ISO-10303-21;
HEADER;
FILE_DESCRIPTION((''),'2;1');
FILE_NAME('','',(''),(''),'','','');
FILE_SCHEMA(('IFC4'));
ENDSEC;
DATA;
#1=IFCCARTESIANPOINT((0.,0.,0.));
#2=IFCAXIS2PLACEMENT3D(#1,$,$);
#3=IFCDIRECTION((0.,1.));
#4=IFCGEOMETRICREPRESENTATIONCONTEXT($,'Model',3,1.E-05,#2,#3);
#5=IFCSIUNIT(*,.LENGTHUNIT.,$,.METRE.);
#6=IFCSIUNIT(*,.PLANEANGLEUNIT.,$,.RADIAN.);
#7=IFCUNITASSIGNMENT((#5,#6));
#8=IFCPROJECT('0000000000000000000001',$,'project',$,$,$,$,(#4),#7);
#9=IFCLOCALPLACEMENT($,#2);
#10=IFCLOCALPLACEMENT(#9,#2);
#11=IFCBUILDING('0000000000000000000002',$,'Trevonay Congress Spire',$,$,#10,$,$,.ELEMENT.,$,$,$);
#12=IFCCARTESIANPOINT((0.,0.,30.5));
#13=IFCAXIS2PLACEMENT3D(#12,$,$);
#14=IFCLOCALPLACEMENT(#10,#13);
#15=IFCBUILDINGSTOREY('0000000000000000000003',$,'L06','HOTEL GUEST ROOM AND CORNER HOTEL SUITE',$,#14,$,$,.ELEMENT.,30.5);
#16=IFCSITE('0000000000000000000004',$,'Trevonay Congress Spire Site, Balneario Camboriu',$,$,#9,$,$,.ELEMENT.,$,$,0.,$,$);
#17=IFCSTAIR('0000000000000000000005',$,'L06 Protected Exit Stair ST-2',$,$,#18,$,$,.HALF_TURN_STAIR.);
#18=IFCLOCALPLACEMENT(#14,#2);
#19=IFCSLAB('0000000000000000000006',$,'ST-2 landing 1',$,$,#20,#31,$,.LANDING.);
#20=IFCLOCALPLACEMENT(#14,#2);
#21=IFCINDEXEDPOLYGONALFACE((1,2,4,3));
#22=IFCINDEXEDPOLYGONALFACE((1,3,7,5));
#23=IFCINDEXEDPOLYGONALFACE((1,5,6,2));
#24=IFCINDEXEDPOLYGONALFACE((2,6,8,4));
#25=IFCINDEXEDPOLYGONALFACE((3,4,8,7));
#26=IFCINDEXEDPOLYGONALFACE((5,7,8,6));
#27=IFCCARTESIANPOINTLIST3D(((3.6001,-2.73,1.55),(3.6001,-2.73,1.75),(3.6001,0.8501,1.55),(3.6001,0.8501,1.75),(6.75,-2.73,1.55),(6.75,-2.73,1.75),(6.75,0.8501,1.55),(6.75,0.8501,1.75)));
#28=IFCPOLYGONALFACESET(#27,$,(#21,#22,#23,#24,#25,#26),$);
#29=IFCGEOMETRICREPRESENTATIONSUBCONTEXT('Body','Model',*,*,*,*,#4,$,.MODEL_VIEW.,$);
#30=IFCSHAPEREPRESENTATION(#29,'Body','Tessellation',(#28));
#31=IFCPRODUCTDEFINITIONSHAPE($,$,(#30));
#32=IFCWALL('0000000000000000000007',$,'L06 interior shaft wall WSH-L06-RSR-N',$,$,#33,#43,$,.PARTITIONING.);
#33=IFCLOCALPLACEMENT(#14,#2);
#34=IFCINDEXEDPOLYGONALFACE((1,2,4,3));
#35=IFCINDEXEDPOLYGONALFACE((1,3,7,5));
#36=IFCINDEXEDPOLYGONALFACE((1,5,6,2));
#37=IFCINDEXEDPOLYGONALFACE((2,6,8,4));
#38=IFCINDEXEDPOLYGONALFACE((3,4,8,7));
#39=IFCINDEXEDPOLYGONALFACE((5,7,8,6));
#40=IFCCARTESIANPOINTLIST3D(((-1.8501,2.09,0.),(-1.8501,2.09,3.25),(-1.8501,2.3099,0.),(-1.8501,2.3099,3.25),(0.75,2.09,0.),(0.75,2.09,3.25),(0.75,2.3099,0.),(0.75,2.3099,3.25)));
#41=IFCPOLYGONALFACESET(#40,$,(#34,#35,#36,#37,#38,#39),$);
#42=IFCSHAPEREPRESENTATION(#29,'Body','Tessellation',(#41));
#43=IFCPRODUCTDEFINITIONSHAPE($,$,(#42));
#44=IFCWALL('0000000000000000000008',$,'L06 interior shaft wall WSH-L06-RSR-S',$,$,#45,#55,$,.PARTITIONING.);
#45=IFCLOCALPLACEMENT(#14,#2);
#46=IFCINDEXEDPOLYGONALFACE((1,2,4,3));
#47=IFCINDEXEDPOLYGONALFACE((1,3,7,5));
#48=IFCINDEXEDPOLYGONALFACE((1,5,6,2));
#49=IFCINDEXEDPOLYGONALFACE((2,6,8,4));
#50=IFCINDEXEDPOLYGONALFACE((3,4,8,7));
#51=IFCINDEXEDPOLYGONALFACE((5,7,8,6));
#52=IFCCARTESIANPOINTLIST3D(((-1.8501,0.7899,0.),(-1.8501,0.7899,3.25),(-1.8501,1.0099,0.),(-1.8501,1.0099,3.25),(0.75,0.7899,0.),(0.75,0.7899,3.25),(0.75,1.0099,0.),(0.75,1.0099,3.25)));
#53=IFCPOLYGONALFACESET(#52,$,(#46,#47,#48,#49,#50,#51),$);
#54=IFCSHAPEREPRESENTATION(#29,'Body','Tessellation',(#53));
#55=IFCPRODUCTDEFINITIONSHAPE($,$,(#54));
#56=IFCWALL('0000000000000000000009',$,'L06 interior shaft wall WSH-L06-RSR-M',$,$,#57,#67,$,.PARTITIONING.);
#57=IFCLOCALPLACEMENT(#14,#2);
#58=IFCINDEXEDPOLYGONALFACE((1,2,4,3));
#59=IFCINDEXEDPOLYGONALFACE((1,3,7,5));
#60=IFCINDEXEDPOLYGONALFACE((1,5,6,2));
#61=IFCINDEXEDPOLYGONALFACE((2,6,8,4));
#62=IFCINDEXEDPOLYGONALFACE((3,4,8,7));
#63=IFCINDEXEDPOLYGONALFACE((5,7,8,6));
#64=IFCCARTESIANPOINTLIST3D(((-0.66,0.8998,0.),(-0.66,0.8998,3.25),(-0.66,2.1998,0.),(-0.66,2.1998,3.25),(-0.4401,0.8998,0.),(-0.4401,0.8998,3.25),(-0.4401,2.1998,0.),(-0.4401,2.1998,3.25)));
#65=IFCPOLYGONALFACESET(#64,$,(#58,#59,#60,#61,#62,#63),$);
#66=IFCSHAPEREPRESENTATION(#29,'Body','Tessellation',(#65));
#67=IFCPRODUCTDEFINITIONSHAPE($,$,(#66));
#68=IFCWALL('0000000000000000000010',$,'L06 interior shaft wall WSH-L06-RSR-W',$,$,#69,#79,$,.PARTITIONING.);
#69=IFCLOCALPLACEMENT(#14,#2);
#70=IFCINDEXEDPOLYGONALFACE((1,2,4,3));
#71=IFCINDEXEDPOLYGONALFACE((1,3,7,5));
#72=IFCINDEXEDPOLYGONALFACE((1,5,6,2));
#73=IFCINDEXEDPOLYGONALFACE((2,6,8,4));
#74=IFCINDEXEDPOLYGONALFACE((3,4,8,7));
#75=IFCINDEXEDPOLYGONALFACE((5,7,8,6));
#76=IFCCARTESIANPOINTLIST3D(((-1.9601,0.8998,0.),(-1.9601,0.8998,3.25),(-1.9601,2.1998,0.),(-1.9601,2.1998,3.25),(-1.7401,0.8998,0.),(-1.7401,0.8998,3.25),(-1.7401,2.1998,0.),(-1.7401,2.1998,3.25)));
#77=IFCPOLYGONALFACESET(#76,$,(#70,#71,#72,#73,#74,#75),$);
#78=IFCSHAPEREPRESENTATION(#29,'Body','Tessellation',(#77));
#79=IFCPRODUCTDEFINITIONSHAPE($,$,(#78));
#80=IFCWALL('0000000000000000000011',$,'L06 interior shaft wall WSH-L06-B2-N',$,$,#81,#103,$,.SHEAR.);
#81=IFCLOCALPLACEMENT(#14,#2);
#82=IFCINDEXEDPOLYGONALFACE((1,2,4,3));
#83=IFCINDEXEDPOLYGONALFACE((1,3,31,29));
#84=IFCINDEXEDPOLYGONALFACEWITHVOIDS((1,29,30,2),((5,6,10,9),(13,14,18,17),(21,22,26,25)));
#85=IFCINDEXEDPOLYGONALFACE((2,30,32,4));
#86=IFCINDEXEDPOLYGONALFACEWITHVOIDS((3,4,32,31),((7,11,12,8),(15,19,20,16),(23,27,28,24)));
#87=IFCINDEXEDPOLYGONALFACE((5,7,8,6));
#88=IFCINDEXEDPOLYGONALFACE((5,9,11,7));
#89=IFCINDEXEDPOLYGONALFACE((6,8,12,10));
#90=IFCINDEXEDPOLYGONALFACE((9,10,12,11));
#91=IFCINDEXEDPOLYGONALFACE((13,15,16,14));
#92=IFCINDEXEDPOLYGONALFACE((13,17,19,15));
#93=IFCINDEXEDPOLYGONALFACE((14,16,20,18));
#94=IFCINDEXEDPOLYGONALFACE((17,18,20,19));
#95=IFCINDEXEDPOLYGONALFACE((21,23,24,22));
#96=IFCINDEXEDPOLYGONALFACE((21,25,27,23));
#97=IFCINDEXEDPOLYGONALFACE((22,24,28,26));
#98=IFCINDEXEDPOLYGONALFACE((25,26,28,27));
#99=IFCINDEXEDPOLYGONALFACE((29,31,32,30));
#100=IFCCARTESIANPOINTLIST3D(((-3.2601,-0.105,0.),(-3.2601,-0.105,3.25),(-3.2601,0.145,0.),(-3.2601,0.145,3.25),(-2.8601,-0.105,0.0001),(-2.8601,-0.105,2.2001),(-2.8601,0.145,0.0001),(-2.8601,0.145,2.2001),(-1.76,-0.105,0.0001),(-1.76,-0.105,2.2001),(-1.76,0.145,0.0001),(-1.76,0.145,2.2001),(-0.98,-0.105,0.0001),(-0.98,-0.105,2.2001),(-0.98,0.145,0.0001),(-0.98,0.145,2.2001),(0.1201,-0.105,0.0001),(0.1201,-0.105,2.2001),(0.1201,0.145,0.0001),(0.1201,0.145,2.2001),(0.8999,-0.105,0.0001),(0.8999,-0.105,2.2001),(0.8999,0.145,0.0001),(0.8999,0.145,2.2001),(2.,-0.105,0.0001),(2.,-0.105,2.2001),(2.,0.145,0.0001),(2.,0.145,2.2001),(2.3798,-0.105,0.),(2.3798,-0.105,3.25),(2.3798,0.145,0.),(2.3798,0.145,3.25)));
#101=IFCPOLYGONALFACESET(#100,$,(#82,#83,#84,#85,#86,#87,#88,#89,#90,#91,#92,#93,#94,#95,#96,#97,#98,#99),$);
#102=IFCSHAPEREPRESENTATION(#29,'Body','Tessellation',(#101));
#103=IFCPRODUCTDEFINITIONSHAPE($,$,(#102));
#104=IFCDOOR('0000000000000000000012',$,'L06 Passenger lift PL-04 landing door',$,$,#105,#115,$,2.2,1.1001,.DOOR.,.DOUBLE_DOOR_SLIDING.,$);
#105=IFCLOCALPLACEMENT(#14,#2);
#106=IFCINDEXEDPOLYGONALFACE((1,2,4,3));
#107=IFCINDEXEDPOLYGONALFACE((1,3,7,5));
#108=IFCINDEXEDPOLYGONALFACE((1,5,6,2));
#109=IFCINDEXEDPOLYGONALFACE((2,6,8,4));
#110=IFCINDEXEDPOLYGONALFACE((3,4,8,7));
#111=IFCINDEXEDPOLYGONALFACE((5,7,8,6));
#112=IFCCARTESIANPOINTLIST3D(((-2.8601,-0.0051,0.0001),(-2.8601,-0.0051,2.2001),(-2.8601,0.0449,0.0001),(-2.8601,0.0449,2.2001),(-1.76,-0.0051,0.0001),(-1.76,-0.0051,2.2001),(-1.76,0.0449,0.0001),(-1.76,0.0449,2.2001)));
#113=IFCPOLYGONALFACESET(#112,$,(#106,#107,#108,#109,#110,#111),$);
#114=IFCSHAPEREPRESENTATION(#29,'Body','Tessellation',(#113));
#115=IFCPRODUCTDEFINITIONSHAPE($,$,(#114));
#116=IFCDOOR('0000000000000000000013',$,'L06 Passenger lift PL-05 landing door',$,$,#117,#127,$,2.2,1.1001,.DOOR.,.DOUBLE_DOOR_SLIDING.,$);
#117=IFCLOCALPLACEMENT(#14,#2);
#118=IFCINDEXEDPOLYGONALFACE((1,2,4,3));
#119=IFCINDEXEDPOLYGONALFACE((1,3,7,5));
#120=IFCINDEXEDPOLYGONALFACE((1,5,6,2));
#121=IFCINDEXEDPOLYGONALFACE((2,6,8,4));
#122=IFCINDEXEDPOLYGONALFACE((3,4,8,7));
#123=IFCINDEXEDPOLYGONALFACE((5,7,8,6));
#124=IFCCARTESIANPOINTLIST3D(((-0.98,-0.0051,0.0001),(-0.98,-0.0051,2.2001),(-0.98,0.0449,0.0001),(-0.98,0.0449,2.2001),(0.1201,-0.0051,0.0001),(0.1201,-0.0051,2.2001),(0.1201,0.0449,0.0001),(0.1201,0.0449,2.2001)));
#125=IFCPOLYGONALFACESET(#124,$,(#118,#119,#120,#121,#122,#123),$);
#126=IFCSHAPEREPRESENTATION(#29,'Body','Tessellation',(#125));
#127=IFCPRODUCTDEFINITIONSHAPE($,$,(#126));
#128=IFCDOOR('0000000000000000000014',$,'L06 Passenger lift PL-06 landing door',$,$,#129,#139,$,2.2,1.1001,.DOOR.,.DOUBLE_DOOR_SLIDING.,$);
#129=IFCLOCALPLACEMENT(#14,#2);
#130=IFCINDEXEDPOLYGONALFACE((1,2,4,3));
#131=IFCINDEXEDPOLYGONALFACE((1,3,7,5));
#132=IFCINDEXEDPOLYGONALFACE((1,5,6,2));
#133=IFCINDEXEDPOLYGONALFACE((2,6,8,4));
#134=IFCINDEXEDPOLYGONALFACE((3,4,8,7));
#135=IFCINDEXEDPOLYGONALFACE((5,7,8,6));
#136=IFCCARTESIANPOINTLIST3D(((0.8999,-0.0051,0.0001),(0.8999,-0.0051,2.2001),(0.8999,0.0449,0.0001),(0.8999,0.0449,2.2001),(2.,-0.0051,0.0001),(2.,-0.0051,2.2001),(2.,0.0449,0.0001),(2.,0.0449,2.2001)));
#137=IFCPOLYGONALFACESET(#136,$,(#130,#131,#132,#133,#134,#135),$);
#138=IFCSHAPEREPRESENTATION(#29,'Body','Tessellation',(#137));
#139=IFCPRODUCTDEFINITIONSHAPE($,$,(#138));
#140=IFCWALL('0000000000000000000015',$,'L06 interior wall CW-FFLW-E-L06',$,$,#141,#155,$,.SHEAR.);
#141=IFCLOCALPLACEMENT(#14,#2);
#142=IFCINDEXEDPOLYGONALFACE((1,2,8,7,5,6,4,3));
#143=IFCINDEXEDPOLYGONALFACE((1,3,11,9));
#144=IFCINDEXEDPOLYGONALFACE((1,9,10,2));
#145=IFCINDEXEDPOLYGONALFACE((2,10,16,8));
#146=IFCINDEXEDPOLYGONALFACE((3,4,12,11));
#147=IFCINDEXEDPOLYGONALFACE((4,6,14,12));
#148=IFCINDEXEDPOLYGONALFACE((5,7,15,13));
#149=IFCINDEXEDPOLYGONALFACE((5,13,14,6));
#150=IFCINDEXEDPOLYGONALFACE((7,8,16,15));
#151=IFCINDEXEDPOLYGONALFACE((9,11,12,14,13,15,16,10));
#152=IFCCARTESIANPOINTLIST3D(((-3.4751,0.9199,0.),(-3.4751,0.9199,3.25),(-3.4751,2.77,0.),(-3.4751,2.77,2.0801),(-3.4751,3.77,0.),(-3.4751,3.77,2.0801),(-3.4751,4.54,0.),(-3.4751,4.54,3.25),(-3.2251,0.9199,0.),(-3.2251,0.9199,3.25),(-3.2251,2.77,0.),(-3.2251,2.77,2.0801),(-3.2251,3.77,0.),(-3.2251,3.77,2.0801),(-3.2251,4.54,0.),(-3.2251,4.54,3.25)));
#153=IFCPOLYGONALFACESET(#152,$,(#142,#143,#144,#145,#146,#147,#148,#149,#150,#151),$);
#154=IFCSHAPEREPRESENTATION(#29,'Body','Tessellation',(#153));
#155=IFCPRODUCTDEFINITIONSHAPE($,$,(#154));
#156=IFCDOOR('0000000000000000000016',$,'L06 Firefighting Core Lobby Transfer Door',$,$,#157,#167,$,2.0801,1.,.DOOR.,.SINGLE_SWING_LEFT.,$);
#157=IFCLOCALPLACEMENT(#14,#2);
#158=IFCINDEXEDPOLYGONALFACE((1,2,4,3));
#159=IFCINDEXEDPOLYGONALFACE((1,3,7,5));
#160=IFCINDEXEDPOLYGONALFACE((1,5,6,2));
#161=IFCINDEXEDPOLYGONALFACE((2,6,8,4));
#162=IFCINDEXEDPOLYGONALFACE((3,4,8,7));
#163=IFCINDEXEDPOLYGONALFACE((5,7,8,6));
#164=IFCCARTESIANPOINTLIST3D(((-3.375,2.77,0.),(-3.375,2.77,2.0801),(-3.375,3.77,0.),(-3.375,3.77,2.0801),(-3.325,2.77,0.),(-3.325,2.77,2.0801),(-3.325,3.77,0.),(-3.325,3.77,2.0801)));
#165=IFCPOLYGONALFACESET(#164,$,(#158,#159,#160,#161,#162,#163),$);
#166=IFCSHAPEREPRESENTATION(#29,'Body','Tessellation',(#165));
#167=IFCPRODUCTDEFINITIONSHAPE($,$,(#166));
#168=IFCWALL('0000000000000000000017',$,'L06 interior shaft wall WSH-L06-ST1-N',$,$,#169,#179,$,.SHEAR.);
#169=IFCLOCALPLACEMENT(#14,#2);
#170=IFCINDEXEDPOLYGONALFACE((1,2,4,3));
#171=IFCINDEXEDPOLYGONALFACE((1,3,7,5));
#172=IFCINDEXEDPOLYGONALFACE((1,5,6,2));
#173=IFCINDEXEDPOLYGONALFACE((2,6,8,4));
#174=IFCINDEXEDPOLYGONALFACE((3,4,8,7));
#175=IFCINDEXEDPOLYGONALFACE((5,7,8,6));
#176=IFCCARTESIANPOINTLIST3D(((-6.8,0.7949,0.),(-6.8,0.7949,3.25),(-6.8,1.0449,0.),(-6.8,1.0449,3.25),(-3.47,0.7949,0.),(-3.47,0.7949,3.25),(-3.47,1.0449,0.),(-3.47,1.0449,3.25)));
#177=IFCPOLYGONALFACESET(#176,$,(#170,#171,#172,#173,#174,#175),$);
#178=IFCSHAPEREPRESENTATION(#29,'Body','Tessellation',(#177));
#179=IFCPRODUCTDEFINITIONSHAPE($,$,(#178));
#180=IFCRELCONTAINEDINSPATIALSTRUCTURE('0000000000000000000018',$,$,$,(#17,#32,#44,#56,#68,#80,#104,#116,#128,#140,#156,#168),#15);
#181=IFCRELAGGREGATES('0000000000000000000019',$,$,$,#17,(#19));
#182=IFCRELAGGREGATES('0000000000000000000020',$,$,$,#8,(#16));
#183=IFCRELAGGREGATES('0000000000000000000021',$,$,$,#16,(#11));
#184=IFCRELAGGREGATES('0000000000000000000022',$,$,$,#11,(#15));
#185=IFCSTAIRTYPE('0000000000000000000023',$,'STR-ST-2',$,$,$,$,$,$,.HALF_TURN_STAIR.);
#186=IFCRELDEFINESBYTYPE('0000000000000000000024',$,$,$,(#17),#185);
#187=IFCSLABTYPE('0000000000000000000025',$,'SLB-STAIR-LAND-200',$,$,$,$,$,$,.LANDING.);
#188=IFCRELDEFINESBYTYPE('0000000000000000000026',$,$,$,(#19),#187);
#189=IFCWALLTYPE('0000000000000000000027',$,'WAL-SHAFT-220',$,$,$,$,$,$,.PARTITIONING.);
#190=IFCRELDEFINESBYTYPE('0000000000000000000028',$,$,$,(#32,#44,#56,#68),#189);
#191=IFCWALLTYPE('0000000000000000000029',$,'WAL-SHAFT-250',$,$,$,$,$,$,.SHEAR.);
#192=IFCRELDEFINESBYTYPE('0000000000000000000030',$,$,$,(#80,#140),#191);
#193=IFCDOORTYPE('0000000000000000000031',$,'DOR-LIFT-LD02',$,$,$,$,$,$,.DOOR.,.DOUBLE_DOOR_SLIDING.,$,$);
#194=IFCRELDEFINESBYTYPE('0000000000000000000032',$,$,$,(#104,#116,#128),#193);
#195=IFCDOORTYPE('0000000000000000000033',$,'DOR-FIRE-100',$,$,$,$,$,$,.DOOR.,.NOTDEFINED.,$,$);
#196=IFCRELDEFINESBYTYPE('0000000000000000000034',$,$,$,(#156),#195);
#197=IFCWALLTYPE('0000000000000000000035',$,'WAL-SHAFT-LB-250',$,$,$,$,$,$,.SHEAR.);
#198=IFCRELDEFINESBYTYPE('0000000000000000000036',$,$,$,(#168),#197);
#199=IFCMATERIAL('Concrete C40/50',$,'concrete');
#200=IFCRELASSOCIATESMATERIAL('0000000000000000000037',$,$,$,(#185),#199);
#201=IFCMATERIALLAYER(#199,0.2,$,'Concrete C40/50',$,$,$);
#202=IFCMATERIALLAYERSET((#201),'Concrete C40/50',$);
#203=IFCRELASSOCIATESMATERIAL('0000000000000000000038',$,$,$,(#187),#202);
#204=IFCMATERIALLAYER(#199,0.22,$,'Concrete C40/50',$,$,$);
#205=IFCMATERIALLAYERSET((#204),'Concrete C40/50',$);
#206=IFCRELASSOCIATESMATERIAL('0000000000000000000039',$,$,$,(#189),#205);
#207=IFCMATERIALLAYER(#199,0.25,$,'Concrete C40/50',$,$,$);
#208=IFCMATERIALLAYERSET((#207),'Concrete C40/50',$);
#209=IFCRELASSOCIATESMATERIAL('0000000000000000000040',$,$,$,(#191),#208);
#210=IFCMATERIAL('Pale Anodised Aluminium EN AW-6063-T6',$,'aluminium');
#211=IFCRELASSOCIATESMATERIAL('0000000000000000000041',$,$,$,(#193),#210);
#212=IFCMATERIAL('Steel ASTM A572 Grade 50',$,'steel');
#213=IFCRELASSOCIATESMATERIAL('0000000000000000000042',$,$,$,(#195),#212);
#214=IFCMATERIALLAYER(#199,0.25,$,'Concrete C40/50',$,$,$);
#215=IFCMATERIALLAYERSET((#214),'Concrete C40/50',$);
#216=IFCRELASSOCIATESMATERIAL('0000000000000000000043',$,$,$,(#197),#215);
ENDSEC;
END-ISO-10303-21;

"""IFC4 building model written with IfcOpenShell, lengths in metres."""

from ifc_helpers import new_model, si_unit, direction, frame, frame_2d, origin, place, context, subcontext, project, spatial, polyline, rectangle, outline, extrude, material, layer, layer_set, type_object, element, fill, aggregate, save


model = new_model("IFC4")

# Units and contexts
model_context = context("Model", 3, precision=1e-05, world=origin(), true_north=direction((0.0, 1.0)))
body_context = subcontext(model_context, "Body", "Model", "MODEL_VIEW")
ifc_project = project(units=[si_unit("LENGTHUNIT", "METRE"), si_unit("PLANEANGLEUNIT", "RADIAN")], contexts=[model_context])

# Site, building, storey
site_placement = place(None, origin())
site = spatial("IfcSite", under=ifc_project, at=site_placement, Name="Trevonay Congress Spire Site, Balneario Camboriu", CompositionType="ELEMENT", RefElevation=0.0)
building_placement = place(site_placement, origin())
building = spatial("IfcBuilding", under=site, at=building_placement, Name="Trevonay Congress Spire", CompositionType="ELEMENT")
storey_placement = place(building_placement, frame((0.0, 0.0, 30.5)))
storey = spatial("IfcBuildingStorey", under=building, at=storey_placement, Name="L06", Description="HOTEL GUEST ROOM AND CORNER HOTEL SUITE", CompositionType="ELEMENT", Elevation=30.5)

# Stair, slab
ifc_material_1 = material(Name="Concrete C40/50", Category="concrete")
stair_type = type_object("IfcStairType", Name="STR-ST-2", PredefinedType="HALF_TURN_STAIR", material=ifc_material_1)
stair_placement = place(storey_placement, origin())
stair = element("IfcStair", 1, at=stair_placement, inside=storey, type_object=stair_type, Name="L06 Protected Exit Stair ST-2", PredefinedType="HALF_TURN_STAIR")
ifc_layer_1 = layer(ifc_material_1, 0.2, Name="Concrete C40/50")
ifc_layer_set_1 = layer_set([ifc_layer_1], Name="Concrete C40/50")
slab_type = type_object("IfcSlabType", Name="SLB-STAIR-LAND-200", PredefinedType="LANDING", material=ifc_layer_set_1)
slab_placement = place(storey_placement, frame((0.0, 0.0, 1.55)))
slab = element("IfcSlab", 2, at=slab_placement, type_object=slab_type, Name="ST-2 landing 1", PredefinedType="LANDING", context=body_context, shape_type="SweptSolid", body=[
    extrude(outline(polyline([(6.75, -2.73), (6.75, 0.8501), (3.6001, 0.8501), (3.6001, -2.73), (6.75, -2.73)])), origin(), (0.0, 0.0, 1.0), 0.2),
])
aggregate(stair, [slab])

# Walls
ifc_layer_2 = layer(ifc_material_1, 0.22, Name="Concrete C40/50")
ifc_layer_set_2 = layer_set([ifc_layer_2], Name="Concrete C40/50")
wall_type_1 = type_object("IfcWallType", Name="WAL-SHAFT-220", PredefinedType="PARTITIONING", material=ifc_layer_set_2)
for number, where, z_axis, x_axis, name in (
    (3, (-1.8501, 2.2, 0.0), (0.0, 0.0, 1.0), (1.0, 0.0, 0.0), "L06 interior shaft wall WSH-L06-RSR-N"),
    (4, (-1.8501, 0.8999, 0.0), (0.0, 0.0, 1.0), (1.0, 0.0, 0.0), "L06 interior shaft wall WSH-L06-RSR-S"),
):
    element("IfcWall", number, at=place(storey_placement, frame(where, z_axis=z_axis, x_axis=x_axis)), inside=storey, type_object=wall_type_1, Name=name, PredefinedType="PARTITIONING", context=body_context, shape_type="SweptSolid", body=[
        extrude(rectangle(XDim=2.6001, YDim=0.22, at=frame_2d((1.3, 0.0))), origin(), (0.0, 0.0, 1.0), 3.25),
    ])
for number, where, z_axis, x_axis, name in (
    (5, (-0.55, 0.8999, 0.0), (0.0, 0.0, 1.0), (0.0, 1.0, 0.0), "L06 interior shaft wall WSH-L06-RSR-M"),
    (6, (-1.8501, 0.8999, 0.0), (0.0, 0.0, 1.0), (0.0, 1.0, 0.0), "L06 interior shaft wall WSH-L06-RSR-W"),
):
    element("IfcWall", number, at=place(storey_placement, frame(where, z_axis=z_axis, x_axis=x_axis)), inside=storey, type_object=wall_type_1, Name=name, PredefinedType="PARTITIONING", context=body_context, shape_type="SweptSolid", body=[
        extrude(rectangle(XDim=1.3, YDim=0.22, at=frame_2d((0.6499, 0.0))), origin(), (0.0, 0.0, 1.0), 3.25),
    ])

# Wall, openings, doors
ifc_layer_3 = layer(ifc_material_1, 0.25, Name="Concrete C40/50")
ifc_layer_set_3 = layer_set([ifc_layer_3], Name="Concrete C40/50")
wall_type_2 = type_object("IfcWallType", Name="WAL-SHAFT-250", PredefinedType="SHEAR", material=ifc_layer_set_3)
wall_1_placement = place(storey_placement, frame((-3.26, 0.02, 0.0), z_axis=(0.0, 0.0, 1.0), x_axis=(1.0, 0.0, 0.0)))
wall_1 = element("IfcWall", 7, at=wall_1_placement, inside=storey, type_object=wall_type_2, Name="L06 interior shaft wall WSH-L06-B2-N", PredefinedType="SHEAR", context=body_context, shape_type="SweptSolid", body=[
    extrude(rectangle(XDim=5.6399, YDim=0.25, at=frame_2d((2.8198, 0.0))), origin(), (0.0, 0.0, 1.0), 3.25),
])
opening_1_placement = place(wall_1_placement, frame((0.3999, 0.0, 0.0)))
opening_1 = element("IfcOpeningElement", 8, at=opening_1_placement, cuts=wall_1, PredefinedType="OPENING", context=body_context, shape_type="SweptSolid", body=[
    extrude(rectangle(XDim=1.1001, YDim=2.2, at=frame_2d((0.55, 1.1001))), frame((0.0, 0.135, 0.0), z_axis=(0.0, -1.0, 0.0), x_axis=(1.0, 0.0, 0.0)), (0.0, 0.0, 1.0), 0.27),
])
opening_2_placement = place(wall_1_placement, frame((2.28, 0.0, 0.0)))
opening_2 = element("IfcOpeningElement", 9, at=opening_2_placement, cuts=wall_1, PredefinedType="OPENING", context=body_context, shape_type="SweptSolid", body=[
    extrude(rectangle(XDim=1.1001, YDim=2.2, at=frame_2d((0.55, 1.1001))), frame((0.0, 0.135, 0.0), z_axis=(0.0, -1.0, 0.0), x_axis=(1.0, 0.0, 0.0)), (0.0, 0.0, 1.0), 0.27),
])
opening_3_placement = place(wall_1_placement, frame((4.1599, 0.0, 0.0)))
opening_3 = element("IfcOpeningElement", 10, at=opening_3_placement, cuts=wall_1, PredefinedType="OPENING", context=body_context, shape_type="SweptSolid", body=[
    extrude(rectangle(XDim=1.1001, YDim=2.2, at=frame_2d((0.55, 1.1001))), frame((0.0, 0.135, 0.0), z_axis=(0.0, -1.0, 0.0), x_axis=(1.0, 0.0, 0.0)), (0.0, 0.0, 1.0), 0.27),
])
ifc_material_2 = material(Name="Pale Anodised Aluminium EN AW-6063-T6", Category="aluminium")
door_type_1 = type_object("IfcDoorType", Name="DOR-LIFT-LD02", OperationType="DOUBLE_DOOR_SLIDING", PredefinedType="DOOR", material=ifc_material_2)
door_1_placement = place(opening_1_placement, origin())
door_1 = element("IfcDoor", 11, at=door_1_placement, inside=storey, type_object=door_type_1, Name="L06 Passenger lift PL-04 landing door", OperationType="DOUBLE_DOOR_SLIDING", OverallHeight=2.2, OverallWidth=1.1001, PredefinedType="DOOR", context=body_context, shape_type="SweptSolid", body=[
    extrude(rectangle(XDim=1.1001, YDim=2.2, at=frame_2d((0.55, 1.1001))), frame((0.0, 0.0249, 0.0), z_axis=(0.0, -1.0, 0.0), x_axis=(1.0, 0.0, 0.0)), (0.0, 0.0, 1.0), 0.05),
])
fill(opening_1, door_1)
door_2_placement = place(opening_2_placement, origin())
door_2 = element("IfcDoor", 12, at=door_2_placement, inside=storey, type_object=door_type_1, Name="L06 Passenger lift PL-05 landing door", OperationType="DOUBLE_DOOR_SLIDING", OverallHeight=2.2, OverallWidth=1.1001, PredefinedType="DOOR", context=body_context, shape_type="SweptSolid", body=[
    extrude(rectangle(XDim=1.1001, YDim=2.2, at=frame_2d((0.55, 1.1001))), frame((0.0, 0.0249, 0.0), z_axis=(0.0, -1.0, 0.0), x_axis=(1.0, 0.0, 0.0)), (0.0, 0.0, 1.0), 0.05),
])
fill(opening_2, door_2)
door_3_placement = place(opening_3_placement, origin())
door_3 = element("IfcDoor", 13, at=door_3_placement, inside=storey, type_object=door_type_1, Name="L06 Passenger lift PL-06 landing door", OperationType="DOUBLE_DOOR_SLIDING", OverallHeight=2.2, OverallWidth=1.1001, PredefinedType="DOOR", context=body_context, shape_type="SweptSolid", body=[
    extrude(rectangle(XDim=1.1001, YDim=2.2, at=frame_2d((0.55, 1.1001))), frame((0.0, 0.0249, 0.0), z_axis=(0.0, -1.0, 0.0), x_axis=(1.0, 0.0, 0.0)), (0.0, 0.0, 1.0), 0.05),
])
fill(opening_3, door_3)

# Wall, opening, door
wall_2_placement = place(storey_placement, frame((-3.3501, 0.9199, 0.0), z_axis=(0.0, 0.0, 1.0), x_axis=(0.0, 1.0, 0.0)))
wall_2 = element("IfcWall", 14, at=wall_2_placement, inside=storey, type_object=wall_type_2, Name="L06 interior wall CW-FFLW-E-L06", PredefinedType="SHEAR", context=body_context, shape_type="SweptSolid", body=[
    extrude(rectangle(XDim=3.6201, YDim=0.25, at=frame_2d((1.8101, 0.0))), origin(), (0.0, 0.0, 1.0), 3.25),
])
opening_4_placement = place(wall_2_placement, frame((1.8501, 0.0, 0.0)))
opening_4 = element("IfcOpeningElement", 15, at=opening_4_placement, cuts=wall_2, PredefinedType="OPENING", context=body_context, shape_type="SweptSolid", body=[
    extrude(rectangle(XDim=1.0, YDim=2.0801, at=frame_2d((0.5, 1.04))), frame((0.0, 0.135, 0.0), z_axis=(0.0, -1.0, 0.0), x_axis=(1.0, 0.0, 0.0)), (0.0, 0.0, 1.0), 0.27),
])
ifc_material_3 = material(Name="Steel ASTM A572 Grade 50", Category="steel")
door_type_2 = type_object("IfcDoorType", Name="DOR-FIRE-100", OperationType="NOTDEFINED", PredefinedType="DOOR", material=ifc_material_3)
door_4_placement = place(opening_4_placement, origin())
door_4 = element("IfcDoor", 16, at=door_4_placement, inside=storey, type_object=door_type_2, Name="L06 Firefighting Core Lobby Transfer Door", OperationType="SINGLE_SWING_LEFT", OverallHeight=2.0801, OverallWidth=1.0, PredefinedType="DOOR", context=body_context, shape_type="SweptSolid", body=[
    extrude(rectangle(XDim=1.0, YDim=2.0801, at=frame_2d((0.5, 1.04))), frame((0.0, 0.0249, 0.0), z_axis=(0.0, -1.0, 0.0), x_axis=(1.0, 0.0, 0.0)), (0.0, 0.0, 1.0), 0.05),
])
fill(opening_4, door_4)

# Wall
ifc_layer_4 = layer(ifc_material_1, 0.25, Name="Concrete C40/50")
ifc_layer_set_4 = layer_set([ifc_layer_4], Name="Concrete C40/50")
wall_type_3 = type_object("IfcWallType", Name="WAL-SHAFT-LB-250", PredefinedType="SHEAR", material=ifc_layer_set_4)
wall_3_placement = place(storey_placement, frame((-6.8, 0.9199, 0.0), z_axis=(0.0, 0.0, 1.0), x_axis=(1.0, 0.0, 0.0)))
element("IfcWall", 17, at=wall_3_placement, inside=storey, type_object=wall_type_3, Name="L06 interior shaft wall WSH-L06-ST1-N", PredefinedType="SHEAR", context=body_context, shape_type="SweptSolid", body=[
    extrude(rectangle(XDim=3.3301, YDim=0.25, at=frame_2d((1.665, 0.0))), origin(), (0.0, 0.0, 1.0), 3.25),
])

save(model, "model.ifc")
